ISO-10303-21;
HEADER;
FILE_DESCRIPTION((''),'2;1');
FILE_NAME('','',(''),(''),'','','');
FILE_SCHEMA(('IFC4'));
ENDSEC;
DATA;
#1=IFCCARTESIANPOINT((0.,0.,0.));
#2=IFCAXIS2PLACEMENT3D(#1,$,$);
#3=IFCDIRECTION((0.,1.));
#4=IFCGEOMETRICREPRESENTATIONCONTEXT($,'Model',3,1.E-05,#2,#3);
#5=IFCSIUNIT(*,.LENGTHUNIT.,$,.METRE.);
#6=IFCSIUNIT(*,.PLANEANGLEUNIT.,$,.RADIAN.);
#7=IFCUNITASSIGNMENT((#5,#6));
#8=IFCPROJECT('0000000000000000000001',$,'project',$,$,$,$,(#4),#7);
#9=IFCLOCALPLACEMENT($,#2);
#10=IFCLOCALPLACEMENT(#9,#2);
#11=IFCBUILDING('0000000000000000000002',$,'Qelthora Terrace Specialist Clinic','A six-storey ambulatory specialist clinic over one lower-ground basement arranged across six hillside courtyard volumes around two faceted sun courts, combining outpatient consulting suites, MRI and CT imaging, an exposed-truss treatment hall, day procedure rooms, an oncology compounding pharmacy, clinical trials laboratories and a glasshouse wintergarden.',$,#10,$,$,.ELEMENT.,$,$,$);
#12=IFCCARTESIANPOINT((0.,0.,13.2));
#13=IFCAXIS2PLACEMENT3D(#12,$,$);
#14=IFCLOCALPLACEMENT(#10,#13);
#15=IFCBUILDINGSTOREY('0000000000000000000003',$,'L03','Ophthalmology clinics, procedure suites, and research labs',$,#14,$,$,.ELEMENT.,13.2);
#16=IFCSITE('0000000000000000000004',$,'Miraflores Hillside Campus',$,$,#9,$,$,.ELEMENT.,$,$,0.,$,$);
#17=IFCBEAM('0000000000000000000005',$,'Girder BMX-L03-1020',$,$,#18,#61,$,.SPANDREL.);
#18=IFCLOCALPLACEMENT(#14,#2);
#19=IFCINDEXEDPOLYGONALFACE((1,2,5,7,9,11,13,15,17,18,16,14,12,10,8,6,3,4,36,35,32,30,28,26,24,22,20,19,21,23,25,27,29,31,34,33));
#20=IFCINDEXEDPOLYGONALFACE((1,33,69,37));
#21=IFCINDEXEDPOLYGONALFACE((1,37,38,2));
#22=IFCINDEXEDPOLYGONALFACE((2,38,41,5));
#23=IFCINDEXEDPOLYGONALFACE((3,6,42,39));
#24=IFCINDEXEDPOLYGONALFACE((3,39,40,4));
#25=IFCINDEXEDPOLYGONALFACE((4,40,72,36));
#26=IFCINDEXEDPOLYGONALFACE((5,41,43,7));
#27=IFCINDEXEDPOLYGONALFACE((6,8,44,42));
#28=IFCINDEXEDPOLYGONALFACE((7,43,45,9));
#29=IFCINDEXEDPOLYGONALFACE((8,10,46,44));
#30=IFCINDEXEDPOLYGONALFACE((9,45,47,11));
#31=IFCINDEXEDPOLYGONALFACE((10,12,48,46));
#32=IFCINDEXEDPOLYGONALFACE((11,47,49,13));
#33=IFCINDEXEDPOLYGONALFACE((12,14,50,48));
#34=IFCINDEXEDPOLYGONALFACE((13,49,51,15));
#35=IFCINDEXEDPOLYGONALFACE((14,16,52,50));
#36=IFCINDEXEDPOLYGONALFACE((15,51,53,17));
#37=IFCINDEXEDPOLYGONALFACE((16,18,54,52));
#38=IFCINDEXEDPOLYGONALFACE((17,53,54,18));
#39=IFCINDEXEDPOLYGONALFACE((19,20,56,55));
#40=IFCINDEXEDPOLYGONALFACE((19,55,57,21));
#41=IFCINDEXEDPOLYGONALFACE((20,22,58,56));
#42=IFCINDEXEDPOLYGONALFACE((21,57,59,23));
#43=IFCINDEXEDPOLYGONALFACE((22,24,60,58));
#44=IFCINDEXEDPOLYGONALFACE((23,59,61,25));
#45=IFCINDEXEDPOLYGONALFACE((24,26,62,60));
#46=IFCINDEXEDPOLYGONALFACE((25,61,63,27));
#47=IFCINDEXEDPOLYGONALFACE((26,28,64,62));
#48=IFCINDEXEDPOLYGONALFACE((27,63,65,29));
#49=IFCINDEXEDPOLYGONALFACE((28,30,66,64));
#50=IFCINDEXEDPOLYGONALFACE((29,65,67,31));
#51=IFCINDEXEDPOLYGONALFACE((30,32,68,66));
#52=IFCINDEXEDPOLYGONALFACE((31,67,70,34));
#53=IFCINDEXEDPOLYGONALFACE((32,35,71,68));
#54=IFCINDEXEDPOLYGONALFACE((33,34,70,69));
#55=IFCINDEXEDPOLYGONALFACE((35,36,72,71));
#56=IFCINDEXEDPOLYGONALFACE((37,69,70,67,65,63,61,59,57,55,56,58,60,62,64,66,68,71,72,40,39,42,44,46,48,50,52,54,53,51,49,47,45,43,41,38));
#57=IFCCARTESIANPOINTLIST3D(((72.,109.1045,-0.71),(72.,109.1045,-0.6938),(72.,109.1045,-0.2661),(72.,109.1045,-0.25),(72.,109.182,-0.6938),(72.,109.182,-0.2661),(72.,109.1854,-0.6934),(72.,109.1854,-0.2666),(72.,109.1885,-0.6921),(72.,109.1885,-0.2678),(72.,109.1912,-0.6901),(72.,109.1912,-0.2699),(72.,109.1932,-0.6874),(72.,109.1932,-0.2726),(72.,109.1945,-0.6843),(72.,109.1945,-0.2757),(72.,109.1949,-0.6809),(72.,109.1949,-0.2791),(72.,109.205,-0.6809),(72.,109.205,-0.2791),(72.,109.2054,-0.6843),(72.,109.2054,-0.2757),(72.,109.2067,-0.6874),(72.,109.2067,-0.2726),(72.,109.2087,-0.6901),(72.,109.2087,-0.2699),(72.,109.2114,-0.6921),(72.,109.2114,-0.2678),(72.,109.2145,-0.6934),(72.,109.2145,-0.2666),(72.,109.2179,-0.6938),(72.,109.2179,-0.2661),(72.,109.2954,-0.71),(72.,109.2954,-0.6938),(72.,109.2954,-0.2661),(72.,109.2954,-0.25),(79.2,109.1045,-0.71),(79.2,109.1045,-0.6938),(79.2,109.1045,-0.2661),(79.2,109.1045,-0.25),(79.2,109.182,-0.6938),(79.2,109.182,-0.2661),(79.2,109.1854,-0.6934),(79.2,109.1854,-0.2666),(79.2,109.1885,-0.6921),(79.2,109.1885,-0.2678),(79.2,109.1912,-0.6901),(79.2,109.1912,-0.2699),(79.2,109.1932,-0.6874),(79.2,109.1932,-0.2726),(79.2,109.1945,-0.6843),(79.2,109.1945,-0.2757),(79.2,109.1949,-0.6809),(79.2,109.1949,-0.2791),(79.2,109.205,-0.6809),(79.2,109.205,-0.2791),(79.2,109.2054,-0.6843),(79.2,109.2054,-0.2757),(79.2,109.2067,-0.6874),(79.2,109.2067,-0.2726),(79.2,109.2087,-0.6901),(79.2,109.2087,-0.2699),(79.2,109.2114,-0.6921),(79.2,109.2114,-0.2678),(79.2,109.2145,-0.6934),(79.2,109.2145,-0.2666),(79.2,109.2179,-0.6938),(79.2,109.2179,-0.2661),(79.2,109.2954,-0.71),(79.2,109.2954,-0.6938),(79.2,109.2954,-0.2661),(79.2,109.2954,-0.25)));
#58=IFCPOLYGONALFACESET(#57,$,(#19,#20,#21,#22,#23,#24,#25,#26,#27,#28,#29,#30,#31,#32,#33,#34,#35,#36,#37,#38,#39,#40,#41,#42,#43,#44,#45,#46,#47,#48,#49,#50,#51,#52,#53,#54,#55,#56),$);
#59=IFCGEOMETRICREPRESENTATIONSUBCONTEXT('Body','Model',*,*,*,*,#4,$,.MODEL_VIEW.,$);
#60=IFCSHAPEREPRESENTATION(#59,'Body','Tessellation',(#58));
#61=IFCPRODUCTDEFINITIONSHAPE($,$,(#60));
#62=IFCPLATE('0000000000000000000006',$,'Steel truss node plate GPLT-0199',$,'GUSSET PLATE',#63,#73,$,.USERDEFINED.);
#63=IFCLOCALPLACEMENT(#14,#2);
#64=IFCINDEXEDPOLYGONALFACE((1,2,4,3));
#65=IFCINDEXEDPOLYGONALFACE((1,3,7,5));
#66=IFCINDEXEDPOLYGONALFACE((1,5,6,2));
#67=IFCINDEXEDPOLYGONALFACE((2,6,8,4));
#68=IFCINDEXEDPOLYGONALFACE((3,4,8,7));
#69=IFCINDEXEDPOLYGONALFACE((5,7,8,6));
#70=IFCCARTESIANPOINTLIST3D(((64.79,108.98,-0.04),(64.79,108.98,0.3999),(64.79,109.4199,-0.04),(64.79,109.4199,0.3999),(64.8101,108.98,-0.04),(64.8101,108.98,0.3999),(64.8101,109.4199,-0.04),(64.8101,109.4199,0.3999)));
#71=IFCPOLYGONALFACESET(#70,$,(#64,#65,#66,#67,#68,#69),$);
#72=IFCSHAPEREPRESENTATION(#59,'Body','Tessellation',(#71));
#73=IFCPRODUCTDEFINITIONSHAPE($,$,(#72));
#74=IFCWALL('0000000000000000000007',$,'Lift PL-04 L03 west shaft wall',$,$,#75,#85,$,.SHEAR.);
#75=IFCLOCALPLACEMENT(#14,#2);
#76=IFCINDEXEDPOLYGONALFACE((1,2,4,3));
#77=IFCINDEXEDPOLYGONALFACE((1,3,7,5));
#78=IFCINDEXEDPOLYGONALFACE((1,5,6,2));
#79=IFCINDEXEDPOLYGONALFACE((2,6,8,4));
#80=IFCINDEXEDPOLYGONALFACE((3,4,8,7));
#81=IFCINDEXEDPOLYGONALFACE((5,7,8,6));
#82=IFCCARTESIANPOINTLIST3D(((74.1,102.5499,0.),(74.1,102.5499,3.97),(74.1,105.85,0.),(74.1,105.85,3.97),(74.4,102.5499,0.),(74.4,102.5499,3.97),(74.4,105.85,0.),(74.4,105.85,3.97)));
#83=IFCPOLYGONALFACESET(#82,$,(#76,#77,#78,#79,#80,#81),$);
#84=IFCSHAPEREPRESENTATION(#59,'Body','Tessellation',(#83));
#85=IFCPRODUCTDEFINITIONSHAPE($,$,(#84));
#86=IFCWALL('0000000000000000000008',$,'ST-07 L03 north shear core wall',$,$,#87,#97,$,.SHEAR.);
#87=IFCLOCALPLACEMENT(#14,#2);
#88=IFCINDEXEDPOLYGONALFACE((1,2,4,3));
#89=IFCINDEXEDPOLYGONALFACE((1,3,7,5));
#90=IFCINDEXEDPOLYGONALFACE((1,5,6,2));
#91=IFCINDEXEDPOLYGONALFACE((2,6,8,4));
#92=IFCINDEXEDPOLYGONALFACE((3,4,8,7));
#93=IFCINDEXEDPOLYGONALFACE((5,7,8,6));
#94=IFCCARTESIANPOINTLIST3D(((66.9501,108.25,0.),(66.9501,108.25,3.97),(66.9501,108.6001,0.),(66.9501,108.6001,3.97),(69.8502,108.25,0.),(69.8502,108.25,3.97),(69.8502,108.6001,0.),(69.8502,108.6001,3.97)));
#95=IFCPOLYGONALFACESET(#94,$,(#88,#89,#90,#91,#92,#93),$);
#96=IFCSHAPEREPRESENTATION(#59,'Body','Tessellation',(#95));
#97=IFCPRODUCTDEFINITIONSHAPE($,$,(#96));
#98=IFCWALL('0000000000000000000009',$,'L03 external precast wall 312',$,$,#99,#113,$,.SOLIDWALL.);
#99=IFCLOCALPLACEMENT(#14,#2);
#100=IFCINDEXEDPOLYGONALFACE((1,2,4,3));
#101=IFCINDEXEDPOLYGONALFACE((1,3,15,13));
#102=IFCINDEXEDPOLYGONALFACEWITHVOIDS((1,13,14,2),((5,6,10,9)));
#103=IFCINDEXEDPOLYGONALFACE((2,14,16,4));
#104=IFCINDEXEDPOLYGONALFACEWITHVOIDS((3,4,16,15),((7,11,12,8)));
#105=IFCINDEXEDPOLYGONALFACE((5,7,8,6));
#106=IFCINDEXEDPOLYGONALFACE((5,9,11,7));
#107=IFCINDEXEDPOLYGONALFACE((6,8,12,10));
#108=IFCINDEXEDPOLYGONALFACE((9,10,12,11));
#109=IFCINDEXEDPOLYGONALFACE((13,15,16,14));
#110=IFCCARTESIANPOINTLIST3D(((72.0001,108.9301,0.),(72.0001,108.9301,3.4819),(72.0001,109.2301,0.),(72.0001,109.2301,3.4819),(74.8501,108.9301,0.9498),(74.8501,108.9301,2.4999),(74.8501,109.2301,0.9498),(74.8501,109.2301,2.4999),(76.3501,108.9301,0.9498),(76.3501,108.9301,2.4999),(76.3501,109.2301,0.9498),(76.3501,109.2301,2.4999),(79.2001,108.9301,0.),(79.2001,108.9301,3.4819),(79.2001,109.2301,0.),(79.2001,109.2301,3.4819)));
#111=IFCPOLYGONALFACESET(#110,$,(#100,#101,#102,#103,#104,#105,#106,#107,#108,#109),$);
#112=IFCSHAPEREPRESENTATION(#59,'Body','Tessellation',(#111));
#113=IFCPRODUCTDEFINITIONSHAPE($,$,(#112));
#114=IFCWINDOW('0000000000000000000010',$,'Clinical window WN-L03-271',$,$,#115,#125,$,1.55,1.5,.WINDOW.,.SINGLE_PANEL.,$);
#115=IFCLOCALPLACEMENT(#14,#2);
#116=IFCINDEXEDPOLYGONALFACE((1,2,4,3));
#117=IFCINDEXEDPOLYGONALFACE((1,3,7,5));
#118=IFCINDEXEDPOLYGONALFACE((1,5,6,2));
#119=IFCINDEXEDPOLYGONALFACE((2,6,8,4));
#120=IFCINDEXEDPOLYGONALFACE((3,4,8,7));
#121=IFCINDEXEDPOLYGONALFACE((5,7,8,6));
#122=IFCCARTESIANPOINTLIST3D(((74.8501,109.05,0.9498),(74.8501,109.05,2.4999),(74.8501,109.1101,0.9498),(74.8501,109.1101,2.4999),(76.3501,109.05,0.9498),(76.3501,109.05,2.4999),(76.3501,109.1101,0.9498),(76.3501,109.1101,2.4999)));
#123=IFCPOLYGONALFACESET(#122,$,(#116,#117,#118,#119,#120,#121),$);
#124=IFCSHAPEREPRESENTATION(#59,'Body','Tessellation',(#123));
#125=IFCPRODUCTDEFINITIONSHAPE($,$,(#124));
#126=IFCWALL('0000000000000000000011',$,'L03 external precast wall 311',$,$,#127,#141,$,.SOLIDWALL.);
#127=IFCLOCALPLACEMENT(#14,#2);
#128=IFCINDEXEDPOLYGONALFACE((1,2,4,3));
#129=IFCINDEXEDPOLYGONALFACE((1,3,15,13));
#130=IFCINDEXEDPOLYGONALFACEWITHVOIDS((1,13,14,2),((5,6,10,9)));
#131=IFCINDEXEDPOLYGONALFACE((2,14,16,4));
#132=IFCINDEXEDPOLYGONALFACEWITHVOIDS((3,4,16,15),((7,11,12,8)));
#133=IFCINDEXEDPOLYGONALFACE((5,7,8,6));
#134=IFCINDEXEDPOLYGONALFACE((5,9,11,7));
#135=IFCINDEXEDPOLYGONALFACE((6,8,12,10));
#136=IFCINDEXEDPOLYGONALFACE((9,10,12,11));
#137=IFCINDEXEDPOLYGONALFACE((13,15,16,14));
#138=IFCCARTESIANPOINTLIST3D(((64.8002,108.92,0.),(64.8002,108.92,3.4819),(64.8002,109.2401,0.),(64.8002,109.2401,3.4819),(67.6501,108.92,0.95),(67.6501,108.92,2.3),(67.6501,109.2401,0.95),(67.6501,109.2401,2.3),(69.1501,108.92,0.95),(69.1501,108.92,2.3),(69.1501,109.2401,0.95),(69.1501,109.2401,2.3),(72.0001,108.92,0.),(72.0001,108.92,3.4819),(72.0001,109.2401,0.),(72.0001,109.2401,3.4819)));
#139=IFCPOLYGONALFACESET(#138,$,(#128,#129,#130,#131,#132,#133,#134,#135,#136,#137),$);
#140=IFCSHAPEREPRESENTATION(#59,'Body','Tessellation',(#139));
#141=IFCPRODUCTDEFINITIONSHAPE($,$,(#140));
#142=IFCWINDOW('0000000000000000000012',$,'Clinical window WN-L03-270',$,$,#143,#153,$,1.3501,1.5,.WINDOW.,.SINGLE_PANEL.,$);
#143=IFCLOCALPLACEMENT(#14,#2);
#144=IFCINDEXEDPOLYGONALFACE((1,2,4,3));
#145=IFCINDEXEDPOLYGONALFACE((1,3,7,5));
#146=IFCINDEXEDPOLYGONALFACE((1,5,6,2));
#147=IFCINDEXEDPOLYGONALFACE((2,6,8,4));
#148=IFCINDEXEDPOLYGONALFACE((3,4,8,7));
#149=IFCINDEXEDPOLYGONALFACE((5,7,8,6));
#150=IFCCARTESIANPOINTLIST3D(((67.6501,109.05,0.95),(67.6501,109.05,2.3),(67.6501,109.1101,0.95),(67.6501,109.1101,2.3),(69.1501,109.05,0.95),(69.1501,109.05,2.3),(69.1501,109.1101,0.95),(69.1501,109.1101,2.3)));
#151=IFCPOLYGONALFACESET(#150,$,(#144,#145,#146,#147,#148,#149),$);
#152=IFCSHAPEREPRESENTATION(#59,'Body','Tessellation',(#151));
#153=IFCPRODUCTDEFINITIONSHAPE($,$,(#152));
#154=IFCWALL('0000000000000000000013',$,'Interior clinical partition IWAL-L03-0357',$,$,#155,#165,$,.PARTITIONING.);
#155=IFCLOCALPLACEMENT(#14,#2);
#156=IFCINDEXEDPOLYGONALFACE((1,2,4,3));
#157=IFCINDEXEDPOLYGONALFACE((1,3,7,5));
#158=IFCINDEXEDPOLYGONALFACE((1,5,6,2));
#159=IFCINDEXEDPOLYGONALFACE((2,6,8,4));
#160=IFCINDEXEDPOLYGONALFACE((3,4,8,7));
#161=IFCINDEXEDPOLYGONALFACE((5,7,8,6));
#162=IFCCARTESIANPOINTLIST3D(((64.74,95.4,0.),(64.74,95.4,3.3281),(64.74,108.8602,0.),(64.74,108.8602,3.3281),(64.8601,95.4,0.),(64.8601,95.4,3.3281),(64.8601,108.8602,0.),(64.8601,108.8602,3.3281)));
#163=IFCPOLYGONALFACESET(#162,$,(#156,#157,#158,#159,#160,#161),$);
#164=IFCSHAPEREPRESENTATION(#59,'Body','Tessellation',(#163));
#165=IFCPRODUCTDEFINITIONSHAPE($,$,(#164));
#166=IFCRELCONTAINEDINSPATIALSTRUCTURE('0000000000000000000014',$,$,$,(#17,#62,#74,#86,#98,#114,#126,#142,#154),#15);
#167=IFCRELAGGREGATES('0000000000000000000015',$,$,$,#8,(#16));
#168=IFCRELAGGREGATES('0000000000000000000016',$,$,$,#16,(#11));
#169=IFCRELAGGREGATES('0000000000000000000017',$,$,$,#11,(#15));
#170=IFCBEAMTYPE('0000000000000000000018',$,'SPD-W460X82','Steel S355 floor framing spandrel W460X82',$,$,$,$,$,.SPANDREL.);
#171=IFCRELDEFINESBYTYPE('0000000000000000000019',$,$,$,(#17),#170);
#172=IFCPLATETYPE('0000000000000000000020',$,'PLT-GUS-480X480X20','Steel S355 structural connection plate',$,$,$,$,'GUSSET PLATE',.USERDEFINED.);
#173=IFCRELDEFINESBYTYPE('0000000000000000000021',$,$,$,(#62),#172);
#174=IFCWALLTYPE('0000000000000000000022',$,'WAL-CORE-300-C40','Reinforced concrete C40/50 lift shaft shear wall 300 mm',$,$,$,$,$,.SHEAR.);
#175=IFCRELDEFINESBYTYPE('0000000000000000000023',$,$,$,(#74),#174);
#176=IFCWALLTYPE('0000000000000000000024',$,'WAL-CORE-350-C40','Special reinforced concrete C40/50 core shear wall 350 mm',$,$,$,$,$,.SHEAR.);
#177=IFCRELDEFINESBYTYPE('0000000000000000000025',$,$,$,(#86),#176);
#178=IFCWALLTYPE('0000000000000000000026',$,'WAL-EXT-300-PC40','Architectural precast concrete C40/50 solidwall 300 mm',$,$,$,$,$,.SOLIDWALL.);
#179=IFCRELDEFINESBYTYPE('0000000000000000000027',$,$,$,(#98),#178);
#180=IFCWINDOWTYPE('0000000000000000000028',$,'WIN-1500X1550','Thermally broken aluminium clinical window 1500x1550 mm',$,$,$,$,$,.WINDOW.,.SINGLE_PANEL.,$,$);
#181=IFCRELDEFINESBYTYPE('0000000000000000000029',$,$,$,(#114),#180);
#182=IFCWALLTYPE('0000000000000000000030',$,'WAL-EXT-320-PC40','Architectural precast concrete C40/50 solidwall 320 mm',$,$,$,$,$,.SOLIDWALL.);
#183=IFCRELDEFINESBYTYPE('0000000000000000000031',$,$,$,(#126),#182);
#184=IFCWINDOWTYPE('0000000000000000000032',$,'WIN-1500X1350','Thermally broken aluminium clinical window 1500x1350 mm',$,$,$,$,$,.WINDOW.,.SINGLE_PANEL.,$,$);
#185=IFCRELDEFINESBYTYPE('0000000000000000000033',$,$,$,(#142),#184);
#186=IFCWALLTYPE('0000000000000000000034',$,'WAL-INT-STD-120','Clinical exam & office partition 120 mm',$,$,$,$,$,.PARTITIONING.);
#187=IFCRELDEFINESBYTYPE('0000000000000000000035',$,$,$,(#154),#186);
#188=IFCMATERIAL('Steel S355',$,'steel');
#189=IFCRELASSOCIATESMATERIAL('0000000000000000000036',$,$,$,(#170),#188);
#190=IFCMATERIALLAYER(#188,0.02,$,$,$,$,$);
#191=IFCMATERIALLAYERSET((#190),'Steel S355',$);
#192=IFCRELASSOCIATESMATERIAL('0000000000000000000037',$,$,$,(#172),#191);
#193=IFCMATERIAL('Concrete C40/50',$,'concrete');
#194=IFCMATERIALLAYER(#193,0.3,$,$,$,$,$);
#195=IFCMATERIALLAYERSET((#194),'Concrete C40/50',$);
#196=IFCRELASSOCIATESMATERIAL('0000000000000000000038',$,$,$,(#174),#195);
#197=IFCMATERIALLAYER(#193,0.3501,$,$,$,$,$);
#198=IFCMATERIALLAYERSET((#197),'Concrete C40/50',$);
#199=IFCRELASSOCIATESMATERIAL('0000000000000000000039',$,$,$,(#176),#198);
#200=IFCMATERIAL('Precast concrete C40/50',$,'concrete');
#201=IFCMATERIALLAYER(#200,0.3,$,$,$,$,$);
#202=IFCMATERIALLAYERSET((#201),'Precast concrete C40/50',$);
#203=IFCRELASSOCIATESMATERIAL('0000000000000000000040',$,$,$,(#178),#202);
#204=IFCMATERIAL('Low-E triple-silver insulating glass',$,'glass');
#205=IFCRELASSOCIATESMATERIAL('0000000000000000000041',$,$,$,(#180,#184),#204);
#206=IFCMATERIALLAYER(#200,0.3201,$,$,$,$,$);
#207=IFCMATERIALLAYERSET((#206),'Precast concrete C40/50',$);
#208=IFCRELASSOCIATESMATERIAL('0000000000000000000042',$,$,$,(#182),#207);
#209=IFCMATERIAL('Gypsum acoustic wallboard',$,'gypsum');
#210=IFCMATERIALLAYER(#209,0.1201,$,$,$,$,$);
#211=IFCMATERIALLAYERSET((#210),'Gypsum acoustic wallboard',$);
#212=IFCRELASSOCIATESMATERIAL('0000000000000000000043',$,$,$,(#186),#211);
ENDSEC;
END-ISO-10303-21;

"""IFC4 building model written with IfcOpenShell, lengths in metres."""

from ifc_helpers import new_model, si_unit, direction, frame, frame_2d, origin, origin_2d, place, context, subcontext, project, spatial, rectangle, i_section, extrude, material, layer, layer_set, material_profile, profile_set, type_object, element, fill, save


model = new_model("IFC4")

# Units and contexts
model_context = context("Model", 3, precision=1e-05, world=origin(), true_north=direction((0.0, 1.0)))
body_context = subcontext(model_context, "Body", "Model", "MODEL_VIEW")
ifc_project = project(units=[si_unit("LENGTHUNIT", "METRE"), si_unit("PLANEANGLEUNIT", "RADIAN")], contexts=[model_context])

# Site, building, storey
site_placement = place(None, origin())
site = spatial("IfcSite", under=ifc_project, at=site_placement, Name="Miraflores Hillside Campus", CompositionType="ELEMENT", RefElevation=0.0)
building_placement = place(site_placement, origin())
building = spatial("IfcBuilding", under=site, at=building_placement, Name="Qelthora Terrace Specialist Clinic", Description="A six-storey ambulatory specialist clinic over one lower-ground basement arranged across six hillside courtyard volumes around two faceted sun courts, combining outpatient consulting suites, MRI and CT imaging, an exposed-truss treatment hall, day procedure rooms, an oncology compounding pharmacy, clinical trials laboratories and a glasshouse wintergarden.", CompositionType="ELEMENT")
storey_placement = place(building_placement, frame((0.0, 0.0, 13.2)))
storey = spatial("IfcBuildingStorey", under=building, at=storey_placement, Name="L03", Description="Ophthalmology clinics, procedure suites, and research labs", CompositionType="ELEMENT", Elevation=13.2)

# Shared definitions
ifc_material_1 = material(Name="Steel S355", Category="steel")

# Beam
ifc_material_profile_1 = material_profile(ifc_material_1, i_section(OverallWidth=0.1909, OverallDepth=0.46, WebThickness=0.01, FlangeThickness=0.0161, FilletRadius=0.0129, at=origin_2d()), Name="W460X82")
ifc_profile_set_1 = profile_set([ifc_material_profile_1], Name="Steel S355")
beam_type = type_object("IfcBeamType", Name="SPD-W460X82", Description="Steel S355 floor framing spandrel W460X82", PredefinedType="SPANDREL", material=ifc_profile_set_1)
for number, where, z_axis, x_axis, name in (
    (1, (72.0, 109.2, -0.48), (1.0, 0.0, 0.0), (0.0, 1.0, 0.0), "Girder BMX-L03-1020"),
):
    element("IfcBeam", number, at=place(storey_placement, frame(where, z_axis=z_axis, x_axis=x_axis)), inside=storey, type_object=beam_type, Name=name, PredefinedType="SPANDREL", context=body_context, shape_type="SweptSolid", body=[
        extrude(i_section(OverallWidth=0.1909, OverallDepth=0.46, WebThickness=0.01, FlangeThickness=0.0161, FilletRadius=0.0129, at=origin_2d()), origin(), (0.0, 0.0, 1.0), 7.2),
    ])

# Plate
ifc_layer_1 = layer(ifc_material_1, 0.02)
ifc_layer_set_1 = layer_set([ifc_layer_1], Name="Steel S355")
plate_type = type_object("IfcPlateType", Name="PLT-GUS-480X480X20", Description="Steel S355 structural connection plate", ElementType="GUSSET PLATE", PredefinedType="USERDEFINED", material=ifc_layer_set_1)
plate_placement = place(storey_placement, frame((64.8, 109.2, -0.04), z_axis=(0.0, 0.0, 1.0), x_axis=(1.0, 0.0, 0.0)))
element("IfcPlate", 2, at=plate_placement, inside=storey, type_object=plate_type, Name="Steel truss node plate GPLT-0199", ObjectType="GUSSET PLATE", PredefinedType="USERDEFINED", context=body_context, shape_type="SweptSolid", body=[
    extrude(rectangle(XDim=0.02, YDim=0.4399, at=origin_2d()), origin(), (0.0, 0.0, 1.0), 0.4399),
])

# Walls
ifc_material_2 = material(Name="Concrete C40/50", Category="concrete")
ifc_layer_2 = layer(ifc_material_2, 0.3)
ifc_layer_set_2 = layer_set([ifc_layer_2], Name="Concrete C40/50")
wall_type_1 = type_object("IfcWallType", Name="WAL-CORE-300-C40", Description="Reinforced concrete C40/50 lift shaft shear wall 300 mm", PredefinedType="SHEAR", material=ifc_layer_set_2)
wall_1_placement = place(storey_placement, frame((74.25, 102.55, 0.0), z_axis=(0.0, 0.0, 1.0), x_axis=(0.0, 1.0, 0.0)))
element("IfcWall", 3, at=wall_1_placement, inside=storey, type_object=wall_type_1, Name="Lift PL-04 L03 west shaft wall", PredefinedType="SHEAR", context=body_context, shape_type="SweptSolid", body=[
    extrude(rectangle(XDim=3.3, YDim=0.3, at=frame_2d((1.6499, 0.0))), origin(), (0.0, 0.0, 1.0), 3.97),
])
ifc_layer_3 = layer(ifc_material_2, 0.3501)
ifc_layer_set_3 = layer_set([ifc_layer_3], Name="Concrete C40/50")
wall_type_2 = type_object("IfcWallType", Name="WAL-CORE-350-C40", Description="Special reinforced concrete C40/50 core shear wall 350 mm", PredefinedType="SHEAR", material=ifc_layer_set_3)
wall_2_placement = place(storey_placement, frame((66.95, 108.425, 0.0), z_axis=(0.0, 0.0, 1.0), x_axis=(1.0, 0.0, 0.0)))
element("IfcWall", 4, at=wall_2_placement, inside=storey, type_object=wall_type_2, Name="ST-07 L03 north shear core wall", PredefinedType="SHEAR", context=body_context, shape_type="SweptSolid", body=[
    extrude(rectangle(XDim=2.9001, YDim=0.3501, at=frame_2d((1.4502, 0.0))), origin(), (0.0, 0.0, 1.0), 3.97),
])

# Walls, openings, windows
ifc_material_3 = material(Name="Precast concrete C40/50", Category="concrete")
ifc_layer_4 = layer(ifc_material_3, 0.3)
ifc_layer_set_4 = layer_set([ifc_layer_4], Name="Precast concrete C40/50")
wall_type_3 = type_object("IfcWallType", Name="WAL-EXT-300-PC40", Description="Architectural precast concrete C40/50 solidwall 300 mm", PredefinedType="SOLIDWALL", material=ifc_layer_set_4)
wall_3_placement = place(storey_placement, frame((72.0, 109.0801, 0.0), z_axis=(0.0, 0.0, 1.0), x_axis=(1.0, 0.0, 0.0)))
wall_3 = element("IfcWall", 5, at=wall_3_placement, inside=storey, type_object=wall_type_3, Name="L03 external precast wall 312", PredefinedType="SOLIDWALL", context=body_context, shape_type="SweptSolid", body=[
    extrude(rectangle(XDim=7.2, YDim=0.3, at=frame_2d((3.6001, 0.0))), origin(), (0.0, 0.0, 1.0), 3.4819),
])
opening_1_placement = place(wall_3_placement, frame((2.8501, 0.0, 0.95)))
opening_1 = element("IfcOpeningElement", 6, at=opening_1_placement, cuts=wall_3, PredefinedType="OPENING", context=body_context, shape_type="SweptSolid", body=[
    extrude(rectangle(XDim=1.5, YDim=1.55, at=frame_2d((0.75, 0.7749))), frame((0.0, 0.1599, 0.0), z_axis=(0.0, -1.0, 0.0), x_axis=(1.0, 0.0, 0.0)), (0.0, 0.0, 1.0), 0.3201),
])
ifc_material_4 = material(Name="Low-E triple-silver insulating glass", Category="glass")
window_type_1 = type_object("IfcWindowType", Name="WIN-1500X1550", Description="Thermally broken aluminium clinical window 1500x1550 mm", PartitioningType="SINGLE_PANEL", PredefinedType="WINDOW", material=ifc_material_4)
window_1_placement = place(opening_1_placement, origin())
window_1 = element("IfcWindow", 7, at=window_1_placement, inside=storey, type_object=window_type_1, Name="Clinical window WN-L03-271", OverallHeight=1.55, OverallWidth=1.5, PartitioningType="SINGLE_PANEL", PredefinedType="WINDOW", context=body_context, shape_type="SweptSolid", body=[
    extrude(rectangle(XDim=1.5, YDim=1.55, at=frame_2d((0.75, 0.7749))), frame((0.0, 0.03, 0.0), z_axis=(0.0, -1.0, 0.0), x_axis=(1.0, 0.0, 0.0)), (0.0, 0.0, 1.0), 0.0601),
])
fill(opening_1, window_1)
ifc_layer_5 = layer(ifc_material_3, 0.3201)
ifc_layer_set_5 = layer_set([ifc_layer_5], Name="Precast concrete C40/50")
wall_type_4 = type_object("IfcWallType", Name="WAL-EXT-320-PC40", Description="Architectural precast concrete C40/50 solidwall 320 mm", PredefinedType="SOLIDWALL", material=ifc_layer_set_5)
wall_4_placement = place(storey_placement, frame((64.8, 109.0801, 0.0), z_axis=(0.0, 0.0, 1.0), x_axis=(1.0, 0.0, 0.0)))
wall_4 = element("IfcWall", 8, at=wall_4_placement, inside=storey, type_object=wall_type_4, Name="L03 external precast wall 311", PredefinedType="SOLIDWALL", context=body_context, shape_type="SweptSolid", body=[
    extrude(rectangle(XDim=7.2, YDim=0.3201, at=frame_2d((3.6001, 0.0))), origin(), (0.0, 0.0, 1.0), 3.4819),
])
opening_2_placement = place(wall_4_placement, frame((2.8501, 0.0, 0.95)))
opening_2 = element("IfcOpeningElement", 9, at=opening_2_placement, cuts=wall_4, PredefinedType="OPENING", context=body_context, shape_type="SweptSolid", body=[
    extrude(rectangle(XDim=1.5, YDim=1.3501, at=frame_2d((0.75, 0.675))), frame((0.0, 0.1699, 0.0), z_axis=(0.0, -1.0, 0.0), x_axis=(1.0, 0.0, 0.0)), (0.0, 0.0, 1.0), 0.3401),
])
window_type_2 = type_object("IfcWindowType", Name="WIN-1500X1350", Description="Thermally broken aluminium clinical window 1500x1350 mm", PartitioningType="SINGLE_PANEL", PredefinedType="WINDOW", material=ifc_material_4)
window_2_placement = place(opening_2_placement, origin())
window_2 = element("IfcWindow", 10, at=window_2_placement, inside=storey, type_object=window_type_2, Name="Clinical window WN-L03-270", OverallHeight=1.3501, OverallWidth=1.5, PartitioningType="SINGLE_PANEL", PredefinedType="WINDOW", context=body_context, shape_type="SweptSolid", body=[
    extrude(rectangle(XDim=1.5, YDim=1.3501, at=frame_2d((0.75, 0.675))), frame((0.0, 0.03, 0.0), z_axis=(0.0, -1.0, 0.0), x_axis=(1.0, 0.0, 0.0)), (0.0, 0.0, 1.0), 0.0601),
])
fill(opening_2, window_2)

# Wall
ifc_material_5 = material(Name="Gypsum acoustic wallboard", Category="gypsum")
ifc_layer_6 = layer(ifc_material_5, 0.1201)
ifc_layer_set_6 = layer_set([ifc_layer_6], Name="Gypsum acoustic wallboard")
wall_type_5 = type_object("IfcWallType", Name="WAL-INT-STD-120", Description="Clinical exam & office partition 120 mm", PredefinedType="PARTITIONING", material=ifc_layer_set_6)
wall_5_placement = place(storey_placement, frame((64.8, 108.8601, 0.0), z_axis=(0.0, 0.0, 1.0), x_axis=(0.0, -1.0, 0.0)))
element("IfcWall", 11, at=wall_5_placement, inside=storey, type_object=wall_type_5, Name="Interior clinical partition IWAL-L03-0357", PredefinedType="PARTITIONING", context=body_context, shape_type="SweptSolid", body=[
    extrude(rectangle(XDim=13.4602, YDim=0.1201, at=frame_2d((6.73, 0.0))), origin(), (0.0, 0.0, 1.0), 3.3281),
])

save(model, "model.ifc")
